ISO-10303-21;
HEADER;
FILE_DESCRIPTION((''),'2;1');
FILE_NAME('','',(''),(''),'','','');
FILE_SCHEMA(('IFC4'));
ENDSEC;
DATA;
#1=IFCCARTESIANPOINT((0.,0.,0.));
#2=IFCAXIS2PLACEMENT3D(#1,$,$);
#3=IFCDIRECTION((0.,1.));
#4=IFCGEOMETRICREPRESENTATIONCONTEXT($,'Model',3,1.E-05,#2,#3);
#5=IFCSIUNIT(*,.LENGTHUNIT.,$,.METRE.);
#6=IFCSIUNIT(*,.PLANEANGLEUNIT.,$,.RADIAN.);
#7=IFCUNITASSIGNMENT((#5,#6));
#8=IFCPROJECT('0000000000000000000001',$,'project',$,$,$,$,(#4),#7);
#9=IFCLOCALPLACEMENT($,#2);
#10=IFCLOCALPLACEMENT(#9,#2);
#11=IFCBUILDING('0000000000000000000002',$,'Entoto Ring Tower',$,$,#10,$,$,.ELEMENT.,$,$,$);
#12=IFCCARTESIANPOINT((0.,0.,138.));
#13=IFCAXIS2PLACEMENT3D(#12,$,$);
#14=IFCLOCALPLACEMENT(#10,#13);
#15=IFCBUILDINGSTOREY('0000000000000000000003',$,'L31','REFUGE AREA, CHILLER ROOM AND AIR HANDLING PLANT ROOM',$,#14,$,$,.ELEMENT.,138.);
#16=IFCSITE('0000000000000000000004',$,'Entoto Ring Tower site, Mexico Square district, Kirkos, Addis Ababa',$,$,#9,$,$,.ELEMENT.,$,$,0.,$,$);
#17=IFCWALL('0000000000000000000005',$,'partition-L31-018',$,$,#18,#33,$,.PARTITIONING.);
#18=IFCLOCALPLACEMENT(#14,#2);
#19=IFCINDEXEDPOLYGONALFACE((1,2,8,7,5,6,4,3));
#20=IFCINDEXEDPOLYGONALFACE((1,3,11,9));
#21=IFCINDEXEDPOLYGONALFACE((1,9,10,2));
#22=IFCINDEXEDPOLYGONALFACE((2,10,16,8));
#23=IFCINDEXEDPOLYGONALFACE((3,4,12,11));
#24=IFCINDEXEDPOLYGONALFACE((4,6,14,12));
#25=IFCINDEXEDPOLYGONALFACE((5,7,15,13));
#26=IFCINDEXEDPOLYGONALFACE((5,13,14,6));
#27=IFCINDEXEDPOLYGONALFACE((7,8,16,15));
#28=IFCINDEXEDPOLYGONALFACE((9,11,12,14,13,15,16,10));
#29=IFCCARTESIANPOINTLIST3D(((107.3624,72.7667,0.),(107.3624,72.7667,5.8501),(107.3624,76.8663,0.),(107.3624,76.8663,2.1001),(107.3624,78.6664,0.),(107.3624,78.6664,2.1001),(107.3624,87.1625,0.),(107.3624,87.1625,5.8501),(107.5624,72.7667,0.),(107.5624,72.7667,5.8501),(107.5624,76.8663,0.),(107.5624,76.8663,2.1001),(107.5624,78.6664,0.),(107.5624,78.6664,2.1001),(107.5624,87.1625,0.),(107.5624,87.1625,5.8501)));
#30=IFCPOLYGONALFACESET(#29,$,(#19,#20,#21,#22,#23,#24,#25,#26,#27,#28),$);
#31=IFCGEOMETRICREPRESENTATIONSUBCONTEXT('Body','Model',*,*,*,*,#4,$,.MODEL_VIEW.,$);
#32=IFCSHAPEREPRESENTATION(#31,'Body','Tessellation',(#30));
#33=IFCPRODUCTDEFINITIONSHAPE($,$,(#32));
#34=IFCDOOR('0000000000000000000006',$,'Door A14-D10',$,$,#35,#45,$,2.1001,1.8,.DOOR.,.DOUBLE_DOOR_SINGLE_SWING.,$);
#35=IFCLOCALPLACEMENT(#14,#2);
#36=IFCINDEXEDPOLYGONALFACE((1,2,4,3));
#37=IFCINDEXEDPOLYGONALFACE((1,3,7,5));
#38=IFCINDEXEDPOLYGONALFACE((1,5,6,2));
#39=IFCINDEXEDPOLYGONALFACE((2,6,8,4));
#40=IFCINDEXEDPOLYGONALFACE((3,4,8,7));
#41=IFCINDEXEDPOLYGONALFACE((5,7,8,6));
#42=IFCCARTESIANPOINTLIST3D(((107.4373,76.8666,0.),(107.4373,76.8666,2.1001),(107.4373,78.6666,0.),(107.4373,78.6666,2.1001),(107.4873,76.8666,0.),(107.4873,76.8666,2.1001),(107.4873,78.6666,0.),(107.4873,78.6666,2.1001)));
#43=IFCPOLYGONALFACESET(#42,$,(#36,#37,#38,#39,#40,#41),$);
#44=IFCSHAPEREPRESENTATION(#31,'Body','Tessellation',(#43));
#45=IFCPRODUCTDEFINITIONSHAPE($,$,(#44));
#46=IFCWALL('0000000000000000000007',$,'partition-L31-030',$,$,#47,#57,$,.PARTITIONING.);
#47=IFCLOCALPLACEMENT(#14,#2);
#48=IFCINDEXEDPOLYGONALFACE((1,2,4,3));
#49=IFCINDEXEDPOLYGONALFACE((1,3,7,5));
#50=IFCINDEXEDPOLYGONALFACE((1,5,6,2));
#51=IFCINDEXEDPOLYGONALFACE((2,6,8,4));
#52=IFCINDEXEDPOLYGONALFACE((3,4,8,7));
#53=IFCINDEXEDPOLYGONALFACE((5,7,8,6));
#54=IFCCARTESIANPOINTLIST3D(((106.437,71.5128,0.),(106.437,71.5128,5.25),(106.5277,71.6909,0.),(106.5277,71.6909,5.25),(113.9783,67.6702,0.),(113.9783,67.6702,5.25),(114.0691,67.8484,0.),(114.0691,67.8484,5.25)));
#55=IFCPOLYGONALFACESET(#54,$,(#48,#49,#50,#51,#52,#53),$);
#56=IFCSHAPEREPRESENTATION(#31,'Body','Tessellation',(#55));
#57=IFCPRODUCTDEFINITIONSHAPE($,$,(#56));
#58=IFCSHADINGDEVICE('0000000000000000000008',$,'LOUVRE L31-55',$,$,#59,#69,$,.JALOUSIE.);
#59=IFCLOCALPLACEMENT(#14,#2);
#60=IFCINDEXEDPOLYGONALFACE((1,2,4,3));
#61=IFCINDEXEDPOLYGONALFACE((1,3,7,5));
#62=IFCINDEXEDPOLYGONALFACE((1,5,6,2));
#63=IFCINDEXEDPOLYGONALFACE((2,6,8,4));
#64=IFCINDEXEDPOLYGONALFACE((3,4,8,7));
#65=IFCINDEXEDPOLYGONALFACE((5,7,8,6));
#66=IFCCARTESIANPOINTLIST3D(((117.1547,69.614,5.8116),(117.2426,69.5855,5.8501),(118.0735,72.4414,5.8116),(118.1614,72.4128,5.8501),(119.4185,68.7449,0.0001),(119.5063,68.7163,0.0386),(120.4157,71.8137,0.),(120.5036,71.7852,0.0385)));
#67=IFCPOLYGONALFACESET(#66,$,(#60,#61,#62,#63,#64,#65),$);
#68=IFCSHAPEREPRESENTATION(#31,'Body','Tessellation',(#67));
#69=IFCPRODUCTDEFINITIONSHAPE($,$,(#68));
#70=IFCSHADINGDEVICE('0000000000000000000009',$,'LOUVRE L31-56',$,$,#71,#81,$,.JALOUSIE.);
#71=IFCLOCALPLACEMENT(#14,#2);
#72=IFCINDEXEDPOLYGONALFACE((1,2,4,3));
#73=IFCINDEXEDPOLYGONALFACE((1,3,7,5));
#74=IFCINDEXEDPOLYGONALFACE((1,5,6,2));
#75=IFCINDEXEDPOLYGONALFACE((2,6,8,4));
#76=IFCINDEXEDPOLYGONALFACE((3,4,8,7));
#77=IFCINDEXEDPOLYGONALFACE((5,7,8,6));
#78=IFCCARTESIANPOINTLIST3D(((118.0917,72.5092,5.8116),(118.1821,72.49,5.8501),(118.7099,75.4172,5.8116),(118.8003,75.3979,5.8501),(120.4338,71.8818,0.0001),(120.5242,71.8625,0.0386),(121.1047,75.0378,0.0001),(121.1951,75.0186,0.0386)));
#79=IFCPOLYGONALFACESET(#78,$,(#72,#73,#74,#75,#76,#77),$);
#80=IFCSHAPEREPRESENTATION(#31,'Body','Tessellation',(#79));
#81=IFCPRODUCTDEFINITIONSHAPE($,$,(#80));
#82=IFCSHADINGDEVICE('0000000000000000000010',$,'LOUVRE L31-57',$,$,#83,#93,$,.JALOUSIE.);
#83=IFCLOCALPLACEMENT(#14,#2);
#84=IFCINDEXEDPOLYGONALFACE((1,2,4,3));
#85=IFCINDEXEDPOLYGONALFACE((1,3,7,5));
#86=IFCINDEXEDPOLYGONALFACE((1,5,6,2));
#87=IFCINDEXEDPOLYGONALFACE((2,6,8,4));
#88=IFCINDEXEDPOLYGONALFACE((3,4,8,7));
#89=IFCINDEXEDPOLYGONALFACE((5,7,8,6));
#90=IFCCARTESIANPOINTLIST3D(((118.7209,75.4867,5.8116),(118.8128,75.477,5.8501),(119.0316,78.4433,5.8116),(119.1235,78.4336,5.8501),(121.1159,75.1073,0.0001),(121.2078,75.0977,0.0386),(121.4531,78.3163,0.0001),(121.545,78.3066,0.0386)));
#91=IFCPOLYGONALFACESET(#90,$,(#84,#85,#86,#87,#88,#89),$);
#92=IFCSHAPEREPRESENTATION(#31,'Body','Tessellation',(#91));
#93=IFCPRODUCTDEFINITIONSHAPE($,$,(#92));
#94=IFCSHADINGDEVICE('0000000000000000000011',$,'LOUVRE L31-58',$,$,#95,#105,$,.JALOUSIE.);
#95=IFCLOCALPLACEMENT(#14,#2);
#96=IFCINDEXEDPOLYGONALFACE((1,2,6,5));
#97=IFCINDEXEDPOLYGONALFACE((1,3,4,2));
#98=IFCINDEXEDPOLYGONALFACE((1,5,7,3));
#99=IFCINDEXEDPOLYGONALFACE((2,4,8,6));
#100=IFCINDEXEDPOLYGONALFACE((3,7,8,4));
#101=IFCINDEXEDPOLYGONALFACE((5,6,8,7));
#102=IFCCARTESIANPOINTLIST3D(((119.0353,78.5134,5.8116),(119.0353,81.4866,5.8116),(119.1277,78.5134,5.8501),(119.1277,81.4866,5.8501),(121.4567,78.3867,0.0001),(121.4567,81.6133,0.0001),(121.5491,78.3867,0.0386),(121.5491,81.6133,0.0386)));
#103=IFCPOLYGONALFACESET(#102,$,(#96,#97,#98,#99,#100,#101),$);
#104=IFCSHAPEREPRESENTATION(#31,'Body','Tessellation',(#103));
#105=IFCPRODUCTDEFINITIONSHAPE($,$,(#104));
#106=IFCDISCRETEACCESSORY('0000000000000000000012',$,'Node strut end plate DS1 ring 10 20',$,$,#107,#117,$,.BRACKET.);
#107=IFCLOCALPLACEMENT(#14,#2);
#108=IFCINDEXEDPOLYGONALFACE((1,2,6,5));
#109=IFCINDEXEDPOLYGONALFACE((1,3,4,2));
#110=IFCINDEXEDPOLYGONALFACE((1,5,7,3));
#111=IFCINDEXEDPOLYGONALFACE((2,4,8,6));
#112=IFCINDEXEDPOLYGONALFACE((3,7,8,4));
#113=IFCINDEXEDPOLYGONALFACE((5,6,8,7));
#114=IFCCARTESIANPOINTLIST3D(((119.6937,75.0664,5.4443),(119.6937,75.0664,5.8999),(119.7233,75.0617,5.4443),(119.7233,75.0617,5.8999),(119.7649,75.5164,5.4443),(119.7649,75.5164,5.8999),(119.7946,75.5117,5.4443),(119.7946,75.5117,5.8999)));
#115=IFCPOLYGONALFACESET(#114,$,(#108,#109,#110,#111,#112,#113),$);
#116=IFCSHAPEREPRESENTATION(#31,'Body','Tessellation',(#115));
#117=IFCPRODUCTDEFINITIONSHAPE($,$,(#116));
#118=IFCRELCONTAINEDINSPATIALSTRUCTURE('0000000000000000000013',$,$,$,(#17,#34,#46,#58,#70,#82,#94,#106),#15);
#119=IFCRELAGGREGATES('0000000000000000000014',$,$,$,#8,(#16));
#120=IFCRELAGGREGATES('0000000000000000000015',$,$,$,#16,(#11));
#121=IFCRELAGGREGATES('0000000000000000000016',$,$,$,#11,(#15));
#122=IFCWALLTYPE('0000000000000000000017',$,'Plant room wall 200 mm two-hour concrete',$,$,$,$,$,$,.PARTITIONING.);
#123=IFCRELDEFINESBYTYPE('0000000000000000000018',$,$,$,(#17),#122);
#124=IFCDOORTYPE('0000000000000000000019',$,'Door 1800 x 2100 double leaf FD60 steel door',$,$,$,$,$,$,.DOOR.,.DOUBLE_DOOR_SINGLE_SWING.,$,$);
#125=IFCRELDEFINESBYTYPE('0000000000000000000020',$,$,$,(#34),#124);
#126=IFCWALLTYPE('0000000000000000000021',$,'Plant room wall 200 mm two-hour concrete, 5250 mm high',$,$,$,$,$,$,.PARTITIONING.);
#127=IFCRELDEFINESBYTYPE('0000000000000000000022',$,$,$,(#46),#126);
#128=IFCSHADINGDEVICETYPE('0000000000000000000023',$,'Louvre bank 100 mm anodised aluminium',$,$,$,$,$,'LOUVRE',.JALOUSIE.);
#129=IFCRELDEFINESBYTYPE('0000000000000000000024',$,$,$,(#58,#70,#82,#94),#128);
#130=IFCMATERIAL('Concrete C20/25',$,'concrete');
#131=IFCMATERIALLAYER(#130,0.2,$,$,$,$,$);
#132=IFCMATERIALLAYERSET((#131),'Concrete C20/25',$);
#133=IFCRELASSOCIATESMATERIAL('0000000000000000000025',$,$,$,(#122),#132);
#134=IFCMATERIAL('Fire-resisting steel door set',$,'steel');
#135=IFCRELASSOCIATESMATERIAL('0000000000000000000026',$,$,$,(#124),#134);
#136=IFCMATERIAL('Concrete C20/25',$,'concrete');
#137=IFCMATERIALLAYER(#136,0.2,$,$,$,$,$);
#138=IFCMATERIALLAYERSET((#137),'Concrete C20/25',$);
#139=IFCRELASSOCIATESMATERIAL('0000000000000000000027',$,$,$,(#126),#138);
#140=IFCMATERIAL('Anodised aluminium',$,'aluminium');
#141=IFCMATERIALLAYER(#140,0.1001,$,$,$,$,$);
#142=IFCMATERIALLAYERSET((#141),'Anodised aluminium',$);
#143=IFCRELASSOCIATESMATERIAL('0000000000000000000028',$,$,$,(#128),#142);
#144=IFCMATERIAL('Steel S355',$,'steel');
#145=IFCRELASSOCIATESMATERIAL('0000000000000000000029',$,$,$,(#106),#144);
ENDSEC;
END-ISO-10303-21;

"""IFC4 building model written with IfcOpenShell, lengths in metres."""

from ifc_helpers import new_model, si_unit, direction, frame, frame_2d, origin, origin_2d, place, context, subcontext, project, spatial, polyline, rectangle, outline, extrude, material, layer, layer_set, type_object, element, fill, save


model = new_model("IFC4")

# Units and contexts
model_context = context("Model", 3, precision=1e-05, world=origin(), true_north=direction((0.0, 1.0)))
body_context = subcontext(model_context, "Body", "Model", "MODEL_VIEW")
ifc_project = project(units=[si_unit("LENGTHUNIT", "METRE"), si_unit("PLANEANGLEUNIT", "RADIAN")], contexts=[model_context])

# Site, building, storey
site_placement = place(None, origin())
site = spatial("IfcSite", under=ifc_project, at=site_placement, Name="Entoto Ring Tower site, Mexico Square district, Kirkos, Addis Ababa", CompositionType="ELEMENT", RefElevation=0.0)
building_placement = place(site_placement, origin())
building = spatial("IfcBuilding", under=site, at=building_placement, Name="Entoto Ring Tower", CompositionType="ELEMENT")
storey_placement = place(building_placement, frame((0.0, 0.0, 138.0)))
storey = spatial("IfcBuildingStorey", under=building, at=storey_placement, Name="L31", Description="REFUGE AREA, CHILLER ROOM AND AIR HANDLING PLANT ROOM", CompositionType="ELEMENT", Elevation=138.0)

# Shared definitions
ifc_material_1 = material(Name="Concrete C20/25", Category="concrete")
ifc_layer_1 = layer(ifc_material_1, 0.2)
ifc_layer_set_1 = layer_set([ifc_layer_1], Name="Concrete C20/25")
wall_type_1 = type_object("IfcWallType", Name="Plant room wall 200 mm two-hour concrete", PredefinedType="PARTITIONING", material=ifc_layer_set_1)

# Wall, opening, door
wall_1_placement = place(storey_placement, frame((107.4624, 72.7668, 0.0), z_axis=(0.0, 0.0, 1.0), x_axis=(0.0, 1.0, 0.0)))
wall_1 = element("IfcWall", 1, at=wall_1_placement, inside=storey, type_object=wall_type_1, Name="partition-L31-018", PredefinedType="PARTITIONING", context=body_context, shape_type="SweptSolid", body=[
    extrude(rectangle(XDim=14.3958, YDim=0.2, at=frame_2d((7.1978, 0.0))), origin(), (0.0, 0.0, 1.0), 5.8501),
])
opening_placement = place(wall_1_placement, frame((4.0996, 0.0, 0.0)))
opening = element("IfcOpeningElement", 2, at=opening_placement, cuts=wall_1, PredefinedType="OPENING", context=body_context, shape_type="SweptSolid", body=[
    extrude(rectangle(XDim=1.8, YDim=2.1001, at=frame_2d((0.8999, 1.05))), frame((0.0, 0.1099, 0.0), z_axis=(0.0, -1.0, 0.0), x_axis=(1.0, 0.0, 0.0)), (0.0, 0.0, 1.0), 0.22),
])
ifc_material_2 = material(Name="Fire-resisting steel door set", Category="steel")
door_type = type_object("IfcDoorType", Name="Door 1800 x 2100 double leaf FD60 steel door", OperationType="DOUBLE_DOOR_SINGLE_SWING", PredefinedType="DOOR", material=ifc_material_2)
door_placement = place(opening_placement, frame((1.8, 0.0, 0.0), z_axis=(0.0, 0.0, 1.0), x_axis=(-1.0, 0.0, 0.0)))
door = element("IfcDoor", 3, at=door_placement, inside=storey, type_object=door_type, Name="Door A14-D10", OperationType="DOUBLE_DOOR_SINGLE_SWING", OverallHeight=2.1001, OverallWidth=1.8, PredefinedType="DOOR", context=body_context, shape_type="SweptSolid", body=[
    extrude(rectangle(XDim=1.8, YDim=2.1001, at=frame_2d((0.8999, 1.05))), frame((0.0, 0.0249, 0.0), z_axis=(0.0, -1.0, 0.0), x_axis=(1.0, 0.0, 0.0)), (0.0, 0.0, 1.0), 0.05),
])
fill(opening, door)

# Wall
ifc_material_3 = material(Name="Concrete C20/25", Category="concrete")
ifc_layer_2 = layer(ifc_material_3, 0.2)
ifc_layer_set_2 = layer_set([ifc_layer_2], Name="Concrete C20/25")
wall_type_2 = type_object("IfcWallType", Name="Plant room wall 200 mm two-hour concrete, 5250 mm high", PredefinedType="PARTITIONING", material=ifc_layer_set_2)
wall_2_placement = place(storey_placement, frame((114.0237, 67.7593, 0.0), z_axis=(0.0, 0.0, 1.0), x_axis=(-0.891003, 0.453997, 0.0)))
element("IfcWall", 4, at=wall_2_placement, inside=storey, type_object=wall_type_2, Name="partition-L31-030", PredefinedType="PARTITIONING", context=body_context, shape_type="SweptSolid", body=[
    extrude(rectangle(XDim=8.4639, YDim=0.2, at=frame_2d((4.2319, 0.0))), origin(), (0.0, 0.0, 1.0), 5.25),
])

# Shading devices
ifc_material_4 = material(Name="Anodised aluminium", Category="aluminium")
ifc_layer_3 = layer(ifc_material_4, 0.1001)
ifc_layer_set_3 = layer_set([ifc_layer_3], Name="Anodised aluminium")
shading_device_type = type_object("IfcShadingDeviceType", Name="Louvre bank 100 mm anodised aluminium", ElementType="LOUVRE", PredefinedType="JALOUSIE", material=ifc_layer_set_3)
shading_device_1_placement = place(storey_placement, frame((119.5063, 68.7163, 0.0386), z_axis=(0.877885, -0.285274, 0.384624), x_axis=(0.309051, 0.951045, -0.000008)))
element("IfcShadingDevice", 5, at=shading_device_1_placement, inside=storey, type_object=shading_device_type, Name="LOUVRE L31-55", PredefinedType="JALOUSIE", context=body_context, shape_type="SweptSolid", body=[
    extrude(outline(polyline([(0.0, 0.0), (3.2268, 0.0), (3.0999, 6.2959), (0.127, 6.2958), (0.0, 0.0)])), origin(), (0.0, 0.0, -1.0), 0.1001),
])
shading_device_2_placement = place(storey_placement, frame((120.5242, 71.8625, 0.0386), z_axis=(0.90291, -0.191938, 0.384595), x_axis=(0.207931, 0.978143, 0.0)))
element("IfcShadingDevice", 6, at=shading_device_2_placement, inside=storey, type_object=shading_device_type, Name="LOUVRE L31-56", PredefinedType="JALOUSIE", context=body_context, shape_type="SweptSolid", body=[
    extrude(outline(polyline([(0.0, 0.0), (3.2265, 0.0), (3.0997, 6.2958), (0.1267, 6.2958), (0.0, 0.0)])), origin(), (0.0, 0.0, -1.0), 0.1001),
])
shading_device_3_placement = place(storey_placement, frame((121.2078, 75.0977, 0.0386), z_axis=(0.918021, -0.096477, 0.384616), x_axis=(0.104513, 0.994524, 0.000009)))
element("IfcShadingDevice", 7, at=shading_device_3_placement, inside=storey, type_object=shading_device_type, Name="LOUVRE L31-57", PredefinedType="JALOUSIE", context=body_context, shape_type="SweptSolid", body=[
    extrude(outline(polyline([(0.0, 0.0), (3.2266, 0.0), (3.0999, 6.2958), (0.1271, 6.2958), (0.0, 0.0)])), origin(), (0.0, 0.0, -1.0), 0.1001),
])
shading_device_4_placement = place(storey_placement, frame((121.5491, 78.3867, 0.0386), z_axis=(0.923082, 0.0, 0.384604), x_axis=(0.0, 1.0, 0.0)))
element("IfcShadingDevice", 8, at=shading_device_4_placement, inside=storey, type_object=shading_device_type, Name="LOUVRE L31-58", PredefinedType="JALOUSIE", context=body_context, shape_type="SweptSolid", body=[
    extrude(outline(polyline([(0.0, 0.0), (3.2266, 0.0), (3.0999, 6.2958), (0.1267, 6.2958), (0.0, 0.0)])), origin(), (0.0, 0.0, -1.0), 0.1001),
])

# Discrete accessory
ifc_material_5 = material(Name="Steel S355", Category="steel")
discrete_accessory_placement = place(storey_placement, frame((119.7441, 75.2891, 5.4443), z_axis=(0.0, 0.0, 1.0), x_axis=(0.987688, -0.156434, 0.0)))
element("IfcDiscreteAccessory", 9, at=discrete_accessory_placement, inside=storey, material=ifc_material_5, Name="Node strut end plate DS1 ring 10 20", PredefinedType="BRACKET", context=body_context, shape_type="SweptSolid", body=[
    extrude(rectangle(XDim=0.03, YDim=0.4556, at=origin_2d()), origin(), (0.0, 0.0, 1.0), 0.4556),
])

save(model, "model.ifc")
